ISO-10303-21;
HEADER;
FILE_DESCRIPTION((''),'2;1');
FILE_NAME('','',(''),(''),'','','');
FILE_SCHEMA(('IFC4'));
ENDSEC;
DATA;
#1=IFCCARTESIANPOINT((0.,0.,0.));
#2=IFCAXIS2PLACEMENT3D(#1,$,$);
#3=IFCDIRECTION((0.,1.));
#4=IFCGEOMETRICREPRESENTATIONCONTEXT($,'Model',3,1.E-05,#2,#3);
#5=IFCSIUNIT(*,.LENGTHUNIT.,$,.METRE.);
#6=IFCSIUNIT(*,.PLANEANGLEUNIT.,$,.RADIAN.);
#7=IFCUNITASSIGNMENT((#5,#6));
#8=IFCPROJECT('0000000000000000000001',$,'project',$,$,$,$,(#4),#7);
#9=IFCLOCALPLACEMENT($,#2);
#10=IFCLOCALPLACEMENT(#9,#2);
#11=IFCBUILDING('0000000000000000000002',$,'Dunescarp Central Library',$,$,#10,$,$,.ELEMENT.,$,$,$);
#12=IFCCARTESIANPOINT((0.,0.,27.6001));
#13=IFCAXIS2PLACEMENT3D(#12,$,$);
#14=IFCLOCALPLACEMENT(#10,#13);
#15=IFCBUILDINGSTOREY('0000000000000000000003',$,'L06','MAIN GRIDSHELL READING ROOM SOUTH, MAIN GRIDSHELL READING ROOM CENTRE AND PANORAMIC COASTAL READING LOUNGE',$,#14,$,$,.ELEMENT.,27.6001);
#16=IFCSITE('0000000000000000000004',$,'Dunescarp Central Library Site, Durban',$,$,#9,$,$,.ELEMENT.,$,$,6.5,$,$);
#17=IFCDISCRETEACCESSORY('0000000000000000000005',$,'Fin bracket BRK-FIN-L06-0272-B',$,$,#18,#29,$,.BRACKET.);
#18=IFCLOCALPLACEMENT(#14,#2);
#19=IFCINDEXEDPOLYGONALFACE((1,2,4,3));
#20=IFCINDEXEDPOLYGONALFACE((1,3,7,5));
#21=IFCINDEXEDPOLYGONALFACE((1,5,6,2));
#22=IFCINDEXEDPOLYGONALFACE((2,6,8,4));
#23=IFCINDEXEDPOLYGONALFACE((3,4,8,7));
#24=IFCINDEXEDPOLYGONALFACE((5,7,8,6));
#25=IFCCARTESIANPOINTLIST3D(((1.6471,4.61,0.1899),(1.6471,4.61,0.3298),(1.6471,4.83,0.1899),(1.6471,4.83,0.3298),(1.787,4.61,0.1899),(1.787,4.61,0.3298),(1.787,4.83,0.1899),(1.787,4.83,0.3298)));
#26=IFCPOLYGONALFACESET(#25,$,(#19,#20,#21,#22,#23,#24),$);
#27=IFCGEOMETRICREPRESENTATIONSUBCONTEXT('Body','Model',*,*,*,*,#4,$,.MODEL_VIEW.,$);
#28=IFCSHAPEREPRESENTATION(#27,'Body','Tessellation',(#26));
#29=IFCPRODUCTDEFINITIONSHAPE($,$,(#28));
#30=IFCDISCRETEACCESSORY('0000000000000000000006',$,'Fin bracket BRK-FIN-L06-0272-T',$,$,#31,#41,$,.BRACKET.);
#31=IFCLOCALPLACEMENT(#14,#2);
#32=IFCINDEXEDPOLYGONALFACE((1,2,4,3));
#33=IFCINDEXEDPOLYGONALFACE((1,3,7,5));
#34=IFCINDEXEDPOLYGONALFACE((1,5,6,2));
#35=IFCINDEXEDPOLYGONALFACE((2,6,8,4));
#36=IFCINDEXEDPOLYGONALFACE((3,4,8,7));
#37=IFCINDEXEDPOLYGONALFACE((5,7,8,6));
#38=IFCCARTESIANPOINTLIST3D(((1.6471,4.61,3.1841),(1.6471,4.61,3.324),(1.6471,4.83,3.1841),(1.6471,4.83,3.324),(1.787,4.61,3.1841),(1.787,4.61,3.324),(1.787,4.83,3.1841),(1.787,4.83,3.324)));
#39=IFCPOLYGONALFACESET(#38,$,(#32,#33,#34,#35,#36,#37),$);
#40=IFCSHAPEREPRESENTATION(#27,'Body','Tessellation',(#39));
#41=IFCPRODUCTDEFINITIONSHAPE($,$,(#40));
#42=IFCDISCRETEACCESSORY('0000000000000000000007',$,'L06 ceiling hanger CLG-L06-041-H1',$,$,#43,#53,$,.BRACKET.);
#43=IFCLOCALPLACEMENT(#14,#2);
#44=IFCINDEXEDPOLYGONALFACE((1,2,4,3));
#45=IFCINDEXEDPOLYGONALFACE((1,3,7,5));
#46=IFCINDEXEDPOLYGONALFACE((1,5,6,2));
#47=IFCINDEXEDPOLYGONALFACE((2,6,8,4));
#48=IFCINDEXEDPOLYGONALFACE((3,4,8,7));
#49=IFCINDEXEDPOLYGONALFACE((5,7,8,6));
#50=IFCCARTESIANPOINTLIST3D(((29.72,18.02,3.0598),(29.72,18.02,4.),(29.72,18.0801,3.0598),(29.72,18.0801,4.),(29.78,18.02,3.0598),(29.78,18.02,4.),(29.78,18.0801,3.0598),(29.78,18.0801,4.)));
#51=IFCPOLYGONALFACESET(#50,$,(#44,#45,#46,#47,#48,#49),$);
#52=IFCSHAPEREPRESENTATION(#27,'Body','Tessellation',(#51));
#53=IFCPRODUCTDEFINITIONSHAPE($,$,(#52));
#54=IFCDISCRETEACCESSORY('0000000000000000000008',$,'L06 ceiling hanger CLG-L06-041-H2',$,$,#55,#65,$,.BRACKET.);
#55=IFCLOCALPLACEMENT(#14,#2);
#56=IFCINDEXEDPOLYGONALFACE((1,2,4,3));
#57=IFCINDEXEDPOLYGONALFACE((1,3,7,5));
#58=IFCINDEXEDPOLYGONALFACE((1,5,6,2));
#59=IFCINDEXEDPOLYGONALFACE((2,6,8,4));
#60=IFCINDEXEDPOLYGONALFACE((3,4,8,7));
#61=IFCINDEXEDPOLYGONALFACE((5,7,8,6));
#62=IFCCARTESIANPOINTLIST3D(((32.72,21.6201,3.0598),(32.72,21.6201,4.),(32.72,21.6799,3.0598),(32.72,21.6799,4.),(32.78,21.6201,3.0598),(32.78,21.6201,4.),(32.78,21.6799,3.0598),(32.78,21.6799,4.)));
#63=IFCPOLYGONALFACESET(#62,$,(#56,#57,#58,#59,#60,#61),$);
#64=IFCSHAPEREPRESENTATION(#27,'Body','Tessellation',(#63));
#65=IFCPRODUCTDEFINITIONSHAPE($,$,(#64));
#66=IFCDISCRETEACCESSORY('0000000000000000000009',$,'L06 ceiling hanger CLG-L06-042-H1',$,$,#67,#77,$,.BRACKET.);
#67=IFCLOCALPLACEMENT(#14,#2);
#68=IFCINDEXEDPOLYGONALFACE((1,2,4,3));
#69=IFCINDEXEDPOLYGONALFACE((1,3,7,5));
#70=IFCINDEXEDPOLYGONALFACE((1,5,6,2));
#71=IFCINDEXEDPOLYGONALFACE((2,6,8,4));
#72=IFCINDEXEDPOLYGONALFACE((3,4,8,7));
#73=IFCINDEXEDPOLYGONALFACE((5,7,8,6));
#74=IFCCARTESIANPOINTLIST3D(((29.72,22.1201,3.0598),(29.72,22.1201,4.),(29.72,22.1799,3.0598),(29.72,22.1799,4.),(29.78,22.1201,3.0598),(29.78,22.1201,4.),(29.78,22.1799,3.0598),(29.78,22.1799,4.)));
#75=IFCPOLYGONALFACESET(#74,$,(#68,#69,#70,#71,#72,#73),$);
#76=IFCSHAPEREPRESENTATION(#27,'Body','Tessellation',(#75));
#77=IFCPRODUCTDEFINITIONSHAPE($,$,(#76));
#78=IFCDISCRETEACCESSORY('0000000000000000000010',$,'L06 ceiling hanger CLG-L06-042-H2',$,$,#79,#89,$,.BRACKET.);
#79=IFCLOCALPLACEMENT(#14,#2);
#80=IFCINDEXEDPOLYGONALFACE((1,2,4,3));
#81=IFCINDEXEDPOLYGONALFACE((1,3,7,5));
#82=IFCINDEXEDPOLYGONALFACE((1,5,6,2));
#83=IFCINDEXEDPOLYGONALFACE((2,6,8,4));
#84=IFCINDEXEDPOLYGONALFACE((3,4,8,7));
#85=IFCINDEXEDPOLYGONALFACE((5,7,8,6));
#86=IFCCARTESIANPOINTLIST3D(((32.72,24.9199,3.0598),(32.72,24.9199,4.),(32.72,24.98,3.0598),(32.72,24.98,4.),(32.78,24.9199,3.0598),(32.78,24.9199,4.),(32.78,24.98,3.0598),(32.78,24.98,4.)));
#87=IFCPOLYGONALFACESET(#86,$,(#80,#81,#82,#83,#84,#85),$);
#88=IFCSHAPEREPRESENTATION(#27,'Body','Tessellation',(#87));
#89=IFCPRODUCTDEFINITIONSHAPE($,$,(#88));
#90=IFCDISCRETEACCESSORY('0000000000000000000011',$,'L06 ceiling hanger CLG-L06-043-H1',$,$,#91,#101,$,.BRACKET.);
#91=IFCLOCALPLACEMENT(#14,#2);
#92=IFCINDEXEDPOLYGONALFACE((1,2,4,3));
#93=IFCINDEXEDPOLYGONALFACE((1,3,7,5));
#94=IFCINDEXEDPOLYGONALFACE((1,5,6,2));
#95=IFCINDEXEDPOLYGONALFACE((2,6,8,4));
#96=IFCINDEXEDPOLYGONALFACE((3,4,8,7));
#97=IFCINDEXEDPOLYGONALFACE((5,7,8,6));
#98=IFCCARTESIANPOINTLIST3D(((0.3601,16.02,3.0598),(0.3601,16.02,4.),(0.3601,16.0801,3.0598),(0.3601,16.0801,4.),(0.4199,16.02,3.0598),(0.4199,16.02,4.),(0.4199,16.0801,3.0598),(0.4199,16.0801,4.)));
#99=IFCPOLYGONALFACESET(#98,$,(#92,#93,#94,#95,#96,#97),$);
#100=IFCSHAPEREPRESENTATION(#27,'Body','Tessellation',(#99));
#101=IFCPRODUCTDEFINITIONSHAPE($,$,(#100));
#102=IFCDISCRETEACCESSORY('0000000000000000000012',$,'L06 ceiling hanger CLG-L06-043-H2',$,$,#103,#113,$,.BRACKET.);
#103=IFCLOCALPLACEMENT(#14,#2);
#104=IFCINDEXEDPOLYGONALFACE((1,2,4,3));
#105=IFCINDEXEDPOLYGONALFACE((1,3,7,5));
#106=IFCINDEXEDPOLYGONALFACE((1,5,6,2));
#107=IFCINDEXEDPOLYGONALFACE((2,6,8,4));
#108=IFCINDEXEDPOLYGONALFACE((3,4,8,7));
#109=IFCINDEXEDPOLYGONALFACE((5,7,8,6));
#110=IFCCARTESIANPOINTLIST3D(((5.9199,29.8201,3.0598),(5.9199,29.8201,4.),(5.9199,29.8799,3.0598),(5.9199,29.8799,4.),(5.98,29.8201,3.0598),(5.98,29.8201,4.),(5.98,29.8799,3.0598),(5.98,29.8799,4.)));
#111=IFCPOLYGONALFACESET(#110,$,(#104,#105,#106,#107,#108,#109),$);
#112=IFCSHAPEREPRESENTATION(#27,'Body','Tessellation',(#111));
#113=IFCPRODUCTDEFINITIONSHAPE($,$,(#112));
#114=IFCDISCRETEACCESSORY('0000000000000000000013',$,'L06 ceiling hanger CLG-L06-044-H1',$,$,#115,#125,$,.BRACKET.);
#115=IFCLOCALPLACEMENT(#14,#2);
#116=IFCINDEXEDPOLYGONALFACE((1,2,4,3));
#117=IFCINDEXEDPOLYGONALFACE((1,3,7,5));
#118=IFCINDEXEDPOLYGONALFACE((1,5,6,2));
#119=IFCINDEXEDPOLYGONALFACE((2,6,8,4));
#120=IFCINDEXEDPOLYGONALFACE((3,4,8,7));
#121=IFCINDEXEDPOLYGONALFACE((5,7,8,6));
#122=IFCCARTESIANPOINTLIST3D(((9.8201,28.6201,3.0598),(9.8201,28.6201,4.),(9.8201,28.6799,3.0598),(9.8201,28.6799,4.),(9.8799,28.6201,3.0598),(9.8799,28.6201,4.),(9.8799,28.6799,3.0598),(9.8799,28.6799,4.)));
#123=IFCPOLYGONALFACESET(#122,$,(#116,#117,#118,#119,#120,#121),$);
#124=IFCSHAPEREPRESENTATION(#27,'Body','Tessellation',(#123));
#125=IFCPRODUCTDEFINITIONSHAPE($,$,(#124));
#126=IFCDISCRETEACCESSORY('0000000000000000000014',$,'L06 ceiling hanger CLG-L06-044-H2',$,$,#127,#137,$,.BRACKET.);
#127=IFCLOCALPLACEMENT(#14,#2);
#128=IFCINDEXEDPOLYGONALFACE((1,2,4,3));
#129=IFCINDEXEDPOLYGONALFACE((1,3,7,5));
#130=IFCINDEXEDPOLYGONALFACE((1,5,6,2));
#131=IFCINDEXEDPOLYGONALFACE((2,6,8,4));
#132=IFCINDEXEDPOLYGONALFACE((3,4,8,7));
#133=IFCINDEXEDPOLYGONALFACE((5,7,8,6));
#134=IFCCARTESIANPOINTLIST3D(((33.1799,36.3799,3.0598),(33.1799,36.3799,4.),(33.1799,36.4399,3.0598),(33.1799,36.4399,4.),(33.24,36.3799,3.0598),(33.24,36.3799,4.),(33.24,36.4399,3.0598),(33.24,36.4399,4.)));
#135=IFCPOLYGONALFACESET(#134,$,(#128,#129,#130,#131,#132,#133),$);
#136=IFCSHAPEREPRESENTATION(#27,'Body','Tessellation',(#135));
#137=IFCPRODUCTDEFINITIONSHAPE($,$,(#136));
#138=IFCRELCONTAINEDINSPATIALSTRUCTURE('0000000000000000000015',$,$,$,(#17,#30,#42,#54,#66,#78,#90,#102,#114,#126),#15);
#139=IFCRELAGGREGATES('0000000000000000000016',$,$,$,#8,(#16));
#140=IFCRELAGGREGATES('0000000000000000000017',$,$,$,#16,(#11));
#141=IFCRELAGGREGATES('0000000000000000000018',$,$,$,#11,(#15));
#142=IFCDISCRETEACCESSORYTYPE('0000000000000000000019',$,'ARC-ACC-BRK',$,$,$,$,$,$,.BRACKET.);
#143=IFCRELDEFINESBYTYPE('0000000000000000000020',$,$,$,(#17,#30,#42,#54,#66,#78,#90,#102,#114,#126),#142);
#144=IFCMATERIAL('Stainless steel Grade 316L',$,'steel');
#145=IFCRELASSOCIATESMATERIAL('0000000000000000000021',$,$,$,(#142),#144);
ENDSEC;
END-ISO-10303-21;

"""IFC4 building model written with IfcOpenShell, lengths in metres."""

from ifc_helpers import new_model, si_unit, direction, frame, origin, origin_2d, place, context, subcontext, project, spatial, polyline, rectangle, outline, extrude, material, type_object, element, save


model = new_model("IFC4")

# Units and contexts
model_context = context("Model", 3, precision=1e-05, world=origin(), true_north=direction((0.0, 1.0)))
body_context = subcontext(model_context, "Body", "Model", "MODEL_VIEW")
ifc_project = project(units=[si_unit("LENGTHUNIT", "METRE"), si_unit("PLANEANGLEUNIT", "RADIAN")], contexts=[model_context])

# Site, building, storey
site_placement = place(None, origin())
site = spatial("IfcSite", under=ifc_project, at=site_placement, Name="Dunescarp Central Library Site, Durban", CompositionType="ELEMENT", RefElevation=6.5)
building_placement = place(site_placement, origin())
building = spatial("IfcBuilding", under=site, at=building_placement, Name="Dunescarp Central Library", CompositionType="ELEMENT")
storey_placement = place(building_placement, frame((0.0, 0.0, 27.6001)))
storey = spatial("IfcBuildingStorey", under=building, at=storey_placement, Name="L06", Description="MAIN GRIDSHELL READING ROOM SOUTH, MAIN GRIDSHELL READING ROOM CENTRE AND PANORAMIC COASTAL READING LOUNGE", CompositionType="ELEMENT", Elevation=27.6001)

# Discrete accessories
ifc_material_1 = material(Name="Stainless steel Grade 316L", Category="steel")
discrete_accessory_type = type_object("IfcDiscreteAccessoryType", Name="ARC-ACC-BRK", PredefinedType="BRACKET", material=ifc_material_1)
for number, where, z_axis, x_axis, name in (
    (1, (1.717, 4.72, 0.1899), (0.0, 0.0, 1.0), (0.0, -1.0, 0.0), "Fin bracket BRK-FIN-L06-0272-B"),
    (2, (1.717, 4.72, 3.1841), (0.0, 0.0, 1.0), (0.0, -1.0, 0.0), "Fin bracket BRK-FIN-L06-0272-T"),
):
    element("IfcDiscreteAccessory", number, at=place(storey_placement, frame(where, z_axis=z_axis, x_axis=x_axis)), inside=storey, type_object=discrete_accessory_type, Name=name, PredefinedType="BRACKET", context=body_context, shape_type="SweptSolid", body=[
        extrude(rectangle(XDim=0.22, YDim=0.1399, at=origin_2d()), origin(), (0.0, 0.0, 1.0), 0.1399),
    ])
discrete_accessory_1_placement = place(storey_placement, frame((0.0, 0.0, 3.0598)))
element("IfcDiscreteAccessory", 3, at=discrete_accessory_1_placement, inside=storey, type_object=discrete_accessory_type, Name="L06 ceiling hanger CLG-L06-041-H1", PredefinedType="BRACKET", context=body_context, shape_type="SweptSolid", body=[
    extrude(outline(polyline([(29.72, 18.02), (29.78, 18.02), (29.78, 18.0801), (29.72, 18.0801), (29.72, 18.02)])), origin(), (0.0, 0.0, 1.0), 0.9402),
])
discrete_accessory_2_placement = place(storey_placement, frame((0.0, 0.0, 3.0598)))
element("IfcDiscreteAccessory", 4, at=discrete_accessory_2_placement, inside=storey, type_object=discrete_accessory_type, Name="L06 ceiling hanger CLG-L06-041-H2", PredefinedType="BRACKET", context=body_context, shape_type="SweptSolid", body=[
    extrude(outline(polyline([(32.72, 21.6201), (32.78, 21.6201), (32.78, 21.6799), (32.72, 21.6799), (32.72, 21.6201)])), origin(), (0.0, 0.0, 1.0), 0.9402),
])
discrete_accessory_3_placement = place(storey_placement, frame((0.0, 0.0, 3.0598)))
element("IfcDiscreteAccessory", 5, at=discrete_accessory_3_placement, inside=storey, type_object=discrete_accessory_type, Name="L06 ceiling hanger CLG-L06-042-H1", PredefinedType="BRACKET", context=body_context, shape_type="SweptSolid", body=[
    extrude(outline(polyline([(29.72, 22.1201), (29.78, 22.1201), (29.78, 22.1799), (29.72, 22.1799), (29.72, 22.1201)])), origin(), (0.0, 0.0, 1.0), 0.9402),
])
discrete_accessory_4_placement = place(storey_placement, frame((0.0, 0.0, 3.0598)))
element("IfcDiscreteAccessory", 6, at=discrete_accessory_4_placement, inside=storey, type_object=discrete_accessory_type, Name="L06 ceiling hanger CLG-L06-042-H2", PredefinedType="BRACKET", context=body_context, shape_type="SweptSolid", body=[
    extrude(outline(polyline([(32.72, 24.9199), (32.78, 24.9199), (32.78, 24.98), (32.72, 24.98), (32.72, 24.9199)])), origin(), (0.0, 0.0, 1.0), 0.9402),
])
discrete_accessory_5_placement = place(storey_placement, frame((0.0, 0.0, 3.0598)))
element("IfcDiscreteAccessory", 7, at=discrete_accessory_5_placement, inside=storey, type_object=discrete_accessory_type, Name="L06 ceiling hanger CLG-L06-043-H1", PredefinedType="BRACKET", context=body_context, shape_type="SweptSolid", body=[
    extrude(outline(polyline([(0.3601, 16.02), (0.4199, 16.02), (0.4199, 16.0801), (0.3601, 16.0801), (0.3601, 16.02)])), origin(), (0.0, 0.0, 1.0), 0.9402),
])
discrete_accessory_6_placement = place(storey_placement, frame((0.0, 0.0, 3.0598)))
element("IfcDiscreteAccessory", 8, at=discrete_accessory_6_placement, inside=storey, type_object=discrete_accessory_type, Name="L06 ceiling hanger CLG-L06-043-H2", PredefinedType="BRACKET", context=body_context, shape_type="SweptSolid", body=[
    extrude(outline(polyline([(5.9199, 29.8201), (5.98, 29.8201), (5.98, 29.8799), (5.9199, 29.8799), (5.9199, 29.8201)])), origin(), (0.0, 0.0, 1.0), 0.9402),
])
discrete_accessory_7_placement = place(storey_placement, frame((0.0, 0.0, 3.0598)))
element("IfcDiscreteAccessory", 9, at=discrete_accessory_7_placement, inside=storey, type_object=discrete_accessory_type, Name="L06 ceiling hanger CLG-L06-044-H1", PredefinedType="BRACKET", context=body_context, shape_type="SweptSolid", body=[
    extrude(outline(polyline([(9.8201, 28.6201), (9.8799, 28.6201), (9.8799, 28.6799), (9.8201, 28.6799), (9.8201, 28.6201)])), origin(), (0.0, 0.0, 1.0), 0.9402),
])
discrete_accessory_8_placement = place(storey_placement, frame((0.0, 0.0, 3.0598)))
element("IfcDiscreteAccessory", 10, at=discrete_accessory_8_placement, inside=storey, type_object=discrete_accessory_type, Name="L06 ceiling hanger CLG-L06-044-H2", PredefinedType="BRACKET", context=body_context, shape_type="SweptSolid", body=[
    extrude(outline(polyline([(33.1799, 36.3799), (33.24, 36.3799), (33.24, 36.4399), (33.1799, 36.4399), (33.1799, 36.3799)])), origin(), (0.0, 0.0, 1.0), 0.9402),
])

save(model, "model.ifc")
